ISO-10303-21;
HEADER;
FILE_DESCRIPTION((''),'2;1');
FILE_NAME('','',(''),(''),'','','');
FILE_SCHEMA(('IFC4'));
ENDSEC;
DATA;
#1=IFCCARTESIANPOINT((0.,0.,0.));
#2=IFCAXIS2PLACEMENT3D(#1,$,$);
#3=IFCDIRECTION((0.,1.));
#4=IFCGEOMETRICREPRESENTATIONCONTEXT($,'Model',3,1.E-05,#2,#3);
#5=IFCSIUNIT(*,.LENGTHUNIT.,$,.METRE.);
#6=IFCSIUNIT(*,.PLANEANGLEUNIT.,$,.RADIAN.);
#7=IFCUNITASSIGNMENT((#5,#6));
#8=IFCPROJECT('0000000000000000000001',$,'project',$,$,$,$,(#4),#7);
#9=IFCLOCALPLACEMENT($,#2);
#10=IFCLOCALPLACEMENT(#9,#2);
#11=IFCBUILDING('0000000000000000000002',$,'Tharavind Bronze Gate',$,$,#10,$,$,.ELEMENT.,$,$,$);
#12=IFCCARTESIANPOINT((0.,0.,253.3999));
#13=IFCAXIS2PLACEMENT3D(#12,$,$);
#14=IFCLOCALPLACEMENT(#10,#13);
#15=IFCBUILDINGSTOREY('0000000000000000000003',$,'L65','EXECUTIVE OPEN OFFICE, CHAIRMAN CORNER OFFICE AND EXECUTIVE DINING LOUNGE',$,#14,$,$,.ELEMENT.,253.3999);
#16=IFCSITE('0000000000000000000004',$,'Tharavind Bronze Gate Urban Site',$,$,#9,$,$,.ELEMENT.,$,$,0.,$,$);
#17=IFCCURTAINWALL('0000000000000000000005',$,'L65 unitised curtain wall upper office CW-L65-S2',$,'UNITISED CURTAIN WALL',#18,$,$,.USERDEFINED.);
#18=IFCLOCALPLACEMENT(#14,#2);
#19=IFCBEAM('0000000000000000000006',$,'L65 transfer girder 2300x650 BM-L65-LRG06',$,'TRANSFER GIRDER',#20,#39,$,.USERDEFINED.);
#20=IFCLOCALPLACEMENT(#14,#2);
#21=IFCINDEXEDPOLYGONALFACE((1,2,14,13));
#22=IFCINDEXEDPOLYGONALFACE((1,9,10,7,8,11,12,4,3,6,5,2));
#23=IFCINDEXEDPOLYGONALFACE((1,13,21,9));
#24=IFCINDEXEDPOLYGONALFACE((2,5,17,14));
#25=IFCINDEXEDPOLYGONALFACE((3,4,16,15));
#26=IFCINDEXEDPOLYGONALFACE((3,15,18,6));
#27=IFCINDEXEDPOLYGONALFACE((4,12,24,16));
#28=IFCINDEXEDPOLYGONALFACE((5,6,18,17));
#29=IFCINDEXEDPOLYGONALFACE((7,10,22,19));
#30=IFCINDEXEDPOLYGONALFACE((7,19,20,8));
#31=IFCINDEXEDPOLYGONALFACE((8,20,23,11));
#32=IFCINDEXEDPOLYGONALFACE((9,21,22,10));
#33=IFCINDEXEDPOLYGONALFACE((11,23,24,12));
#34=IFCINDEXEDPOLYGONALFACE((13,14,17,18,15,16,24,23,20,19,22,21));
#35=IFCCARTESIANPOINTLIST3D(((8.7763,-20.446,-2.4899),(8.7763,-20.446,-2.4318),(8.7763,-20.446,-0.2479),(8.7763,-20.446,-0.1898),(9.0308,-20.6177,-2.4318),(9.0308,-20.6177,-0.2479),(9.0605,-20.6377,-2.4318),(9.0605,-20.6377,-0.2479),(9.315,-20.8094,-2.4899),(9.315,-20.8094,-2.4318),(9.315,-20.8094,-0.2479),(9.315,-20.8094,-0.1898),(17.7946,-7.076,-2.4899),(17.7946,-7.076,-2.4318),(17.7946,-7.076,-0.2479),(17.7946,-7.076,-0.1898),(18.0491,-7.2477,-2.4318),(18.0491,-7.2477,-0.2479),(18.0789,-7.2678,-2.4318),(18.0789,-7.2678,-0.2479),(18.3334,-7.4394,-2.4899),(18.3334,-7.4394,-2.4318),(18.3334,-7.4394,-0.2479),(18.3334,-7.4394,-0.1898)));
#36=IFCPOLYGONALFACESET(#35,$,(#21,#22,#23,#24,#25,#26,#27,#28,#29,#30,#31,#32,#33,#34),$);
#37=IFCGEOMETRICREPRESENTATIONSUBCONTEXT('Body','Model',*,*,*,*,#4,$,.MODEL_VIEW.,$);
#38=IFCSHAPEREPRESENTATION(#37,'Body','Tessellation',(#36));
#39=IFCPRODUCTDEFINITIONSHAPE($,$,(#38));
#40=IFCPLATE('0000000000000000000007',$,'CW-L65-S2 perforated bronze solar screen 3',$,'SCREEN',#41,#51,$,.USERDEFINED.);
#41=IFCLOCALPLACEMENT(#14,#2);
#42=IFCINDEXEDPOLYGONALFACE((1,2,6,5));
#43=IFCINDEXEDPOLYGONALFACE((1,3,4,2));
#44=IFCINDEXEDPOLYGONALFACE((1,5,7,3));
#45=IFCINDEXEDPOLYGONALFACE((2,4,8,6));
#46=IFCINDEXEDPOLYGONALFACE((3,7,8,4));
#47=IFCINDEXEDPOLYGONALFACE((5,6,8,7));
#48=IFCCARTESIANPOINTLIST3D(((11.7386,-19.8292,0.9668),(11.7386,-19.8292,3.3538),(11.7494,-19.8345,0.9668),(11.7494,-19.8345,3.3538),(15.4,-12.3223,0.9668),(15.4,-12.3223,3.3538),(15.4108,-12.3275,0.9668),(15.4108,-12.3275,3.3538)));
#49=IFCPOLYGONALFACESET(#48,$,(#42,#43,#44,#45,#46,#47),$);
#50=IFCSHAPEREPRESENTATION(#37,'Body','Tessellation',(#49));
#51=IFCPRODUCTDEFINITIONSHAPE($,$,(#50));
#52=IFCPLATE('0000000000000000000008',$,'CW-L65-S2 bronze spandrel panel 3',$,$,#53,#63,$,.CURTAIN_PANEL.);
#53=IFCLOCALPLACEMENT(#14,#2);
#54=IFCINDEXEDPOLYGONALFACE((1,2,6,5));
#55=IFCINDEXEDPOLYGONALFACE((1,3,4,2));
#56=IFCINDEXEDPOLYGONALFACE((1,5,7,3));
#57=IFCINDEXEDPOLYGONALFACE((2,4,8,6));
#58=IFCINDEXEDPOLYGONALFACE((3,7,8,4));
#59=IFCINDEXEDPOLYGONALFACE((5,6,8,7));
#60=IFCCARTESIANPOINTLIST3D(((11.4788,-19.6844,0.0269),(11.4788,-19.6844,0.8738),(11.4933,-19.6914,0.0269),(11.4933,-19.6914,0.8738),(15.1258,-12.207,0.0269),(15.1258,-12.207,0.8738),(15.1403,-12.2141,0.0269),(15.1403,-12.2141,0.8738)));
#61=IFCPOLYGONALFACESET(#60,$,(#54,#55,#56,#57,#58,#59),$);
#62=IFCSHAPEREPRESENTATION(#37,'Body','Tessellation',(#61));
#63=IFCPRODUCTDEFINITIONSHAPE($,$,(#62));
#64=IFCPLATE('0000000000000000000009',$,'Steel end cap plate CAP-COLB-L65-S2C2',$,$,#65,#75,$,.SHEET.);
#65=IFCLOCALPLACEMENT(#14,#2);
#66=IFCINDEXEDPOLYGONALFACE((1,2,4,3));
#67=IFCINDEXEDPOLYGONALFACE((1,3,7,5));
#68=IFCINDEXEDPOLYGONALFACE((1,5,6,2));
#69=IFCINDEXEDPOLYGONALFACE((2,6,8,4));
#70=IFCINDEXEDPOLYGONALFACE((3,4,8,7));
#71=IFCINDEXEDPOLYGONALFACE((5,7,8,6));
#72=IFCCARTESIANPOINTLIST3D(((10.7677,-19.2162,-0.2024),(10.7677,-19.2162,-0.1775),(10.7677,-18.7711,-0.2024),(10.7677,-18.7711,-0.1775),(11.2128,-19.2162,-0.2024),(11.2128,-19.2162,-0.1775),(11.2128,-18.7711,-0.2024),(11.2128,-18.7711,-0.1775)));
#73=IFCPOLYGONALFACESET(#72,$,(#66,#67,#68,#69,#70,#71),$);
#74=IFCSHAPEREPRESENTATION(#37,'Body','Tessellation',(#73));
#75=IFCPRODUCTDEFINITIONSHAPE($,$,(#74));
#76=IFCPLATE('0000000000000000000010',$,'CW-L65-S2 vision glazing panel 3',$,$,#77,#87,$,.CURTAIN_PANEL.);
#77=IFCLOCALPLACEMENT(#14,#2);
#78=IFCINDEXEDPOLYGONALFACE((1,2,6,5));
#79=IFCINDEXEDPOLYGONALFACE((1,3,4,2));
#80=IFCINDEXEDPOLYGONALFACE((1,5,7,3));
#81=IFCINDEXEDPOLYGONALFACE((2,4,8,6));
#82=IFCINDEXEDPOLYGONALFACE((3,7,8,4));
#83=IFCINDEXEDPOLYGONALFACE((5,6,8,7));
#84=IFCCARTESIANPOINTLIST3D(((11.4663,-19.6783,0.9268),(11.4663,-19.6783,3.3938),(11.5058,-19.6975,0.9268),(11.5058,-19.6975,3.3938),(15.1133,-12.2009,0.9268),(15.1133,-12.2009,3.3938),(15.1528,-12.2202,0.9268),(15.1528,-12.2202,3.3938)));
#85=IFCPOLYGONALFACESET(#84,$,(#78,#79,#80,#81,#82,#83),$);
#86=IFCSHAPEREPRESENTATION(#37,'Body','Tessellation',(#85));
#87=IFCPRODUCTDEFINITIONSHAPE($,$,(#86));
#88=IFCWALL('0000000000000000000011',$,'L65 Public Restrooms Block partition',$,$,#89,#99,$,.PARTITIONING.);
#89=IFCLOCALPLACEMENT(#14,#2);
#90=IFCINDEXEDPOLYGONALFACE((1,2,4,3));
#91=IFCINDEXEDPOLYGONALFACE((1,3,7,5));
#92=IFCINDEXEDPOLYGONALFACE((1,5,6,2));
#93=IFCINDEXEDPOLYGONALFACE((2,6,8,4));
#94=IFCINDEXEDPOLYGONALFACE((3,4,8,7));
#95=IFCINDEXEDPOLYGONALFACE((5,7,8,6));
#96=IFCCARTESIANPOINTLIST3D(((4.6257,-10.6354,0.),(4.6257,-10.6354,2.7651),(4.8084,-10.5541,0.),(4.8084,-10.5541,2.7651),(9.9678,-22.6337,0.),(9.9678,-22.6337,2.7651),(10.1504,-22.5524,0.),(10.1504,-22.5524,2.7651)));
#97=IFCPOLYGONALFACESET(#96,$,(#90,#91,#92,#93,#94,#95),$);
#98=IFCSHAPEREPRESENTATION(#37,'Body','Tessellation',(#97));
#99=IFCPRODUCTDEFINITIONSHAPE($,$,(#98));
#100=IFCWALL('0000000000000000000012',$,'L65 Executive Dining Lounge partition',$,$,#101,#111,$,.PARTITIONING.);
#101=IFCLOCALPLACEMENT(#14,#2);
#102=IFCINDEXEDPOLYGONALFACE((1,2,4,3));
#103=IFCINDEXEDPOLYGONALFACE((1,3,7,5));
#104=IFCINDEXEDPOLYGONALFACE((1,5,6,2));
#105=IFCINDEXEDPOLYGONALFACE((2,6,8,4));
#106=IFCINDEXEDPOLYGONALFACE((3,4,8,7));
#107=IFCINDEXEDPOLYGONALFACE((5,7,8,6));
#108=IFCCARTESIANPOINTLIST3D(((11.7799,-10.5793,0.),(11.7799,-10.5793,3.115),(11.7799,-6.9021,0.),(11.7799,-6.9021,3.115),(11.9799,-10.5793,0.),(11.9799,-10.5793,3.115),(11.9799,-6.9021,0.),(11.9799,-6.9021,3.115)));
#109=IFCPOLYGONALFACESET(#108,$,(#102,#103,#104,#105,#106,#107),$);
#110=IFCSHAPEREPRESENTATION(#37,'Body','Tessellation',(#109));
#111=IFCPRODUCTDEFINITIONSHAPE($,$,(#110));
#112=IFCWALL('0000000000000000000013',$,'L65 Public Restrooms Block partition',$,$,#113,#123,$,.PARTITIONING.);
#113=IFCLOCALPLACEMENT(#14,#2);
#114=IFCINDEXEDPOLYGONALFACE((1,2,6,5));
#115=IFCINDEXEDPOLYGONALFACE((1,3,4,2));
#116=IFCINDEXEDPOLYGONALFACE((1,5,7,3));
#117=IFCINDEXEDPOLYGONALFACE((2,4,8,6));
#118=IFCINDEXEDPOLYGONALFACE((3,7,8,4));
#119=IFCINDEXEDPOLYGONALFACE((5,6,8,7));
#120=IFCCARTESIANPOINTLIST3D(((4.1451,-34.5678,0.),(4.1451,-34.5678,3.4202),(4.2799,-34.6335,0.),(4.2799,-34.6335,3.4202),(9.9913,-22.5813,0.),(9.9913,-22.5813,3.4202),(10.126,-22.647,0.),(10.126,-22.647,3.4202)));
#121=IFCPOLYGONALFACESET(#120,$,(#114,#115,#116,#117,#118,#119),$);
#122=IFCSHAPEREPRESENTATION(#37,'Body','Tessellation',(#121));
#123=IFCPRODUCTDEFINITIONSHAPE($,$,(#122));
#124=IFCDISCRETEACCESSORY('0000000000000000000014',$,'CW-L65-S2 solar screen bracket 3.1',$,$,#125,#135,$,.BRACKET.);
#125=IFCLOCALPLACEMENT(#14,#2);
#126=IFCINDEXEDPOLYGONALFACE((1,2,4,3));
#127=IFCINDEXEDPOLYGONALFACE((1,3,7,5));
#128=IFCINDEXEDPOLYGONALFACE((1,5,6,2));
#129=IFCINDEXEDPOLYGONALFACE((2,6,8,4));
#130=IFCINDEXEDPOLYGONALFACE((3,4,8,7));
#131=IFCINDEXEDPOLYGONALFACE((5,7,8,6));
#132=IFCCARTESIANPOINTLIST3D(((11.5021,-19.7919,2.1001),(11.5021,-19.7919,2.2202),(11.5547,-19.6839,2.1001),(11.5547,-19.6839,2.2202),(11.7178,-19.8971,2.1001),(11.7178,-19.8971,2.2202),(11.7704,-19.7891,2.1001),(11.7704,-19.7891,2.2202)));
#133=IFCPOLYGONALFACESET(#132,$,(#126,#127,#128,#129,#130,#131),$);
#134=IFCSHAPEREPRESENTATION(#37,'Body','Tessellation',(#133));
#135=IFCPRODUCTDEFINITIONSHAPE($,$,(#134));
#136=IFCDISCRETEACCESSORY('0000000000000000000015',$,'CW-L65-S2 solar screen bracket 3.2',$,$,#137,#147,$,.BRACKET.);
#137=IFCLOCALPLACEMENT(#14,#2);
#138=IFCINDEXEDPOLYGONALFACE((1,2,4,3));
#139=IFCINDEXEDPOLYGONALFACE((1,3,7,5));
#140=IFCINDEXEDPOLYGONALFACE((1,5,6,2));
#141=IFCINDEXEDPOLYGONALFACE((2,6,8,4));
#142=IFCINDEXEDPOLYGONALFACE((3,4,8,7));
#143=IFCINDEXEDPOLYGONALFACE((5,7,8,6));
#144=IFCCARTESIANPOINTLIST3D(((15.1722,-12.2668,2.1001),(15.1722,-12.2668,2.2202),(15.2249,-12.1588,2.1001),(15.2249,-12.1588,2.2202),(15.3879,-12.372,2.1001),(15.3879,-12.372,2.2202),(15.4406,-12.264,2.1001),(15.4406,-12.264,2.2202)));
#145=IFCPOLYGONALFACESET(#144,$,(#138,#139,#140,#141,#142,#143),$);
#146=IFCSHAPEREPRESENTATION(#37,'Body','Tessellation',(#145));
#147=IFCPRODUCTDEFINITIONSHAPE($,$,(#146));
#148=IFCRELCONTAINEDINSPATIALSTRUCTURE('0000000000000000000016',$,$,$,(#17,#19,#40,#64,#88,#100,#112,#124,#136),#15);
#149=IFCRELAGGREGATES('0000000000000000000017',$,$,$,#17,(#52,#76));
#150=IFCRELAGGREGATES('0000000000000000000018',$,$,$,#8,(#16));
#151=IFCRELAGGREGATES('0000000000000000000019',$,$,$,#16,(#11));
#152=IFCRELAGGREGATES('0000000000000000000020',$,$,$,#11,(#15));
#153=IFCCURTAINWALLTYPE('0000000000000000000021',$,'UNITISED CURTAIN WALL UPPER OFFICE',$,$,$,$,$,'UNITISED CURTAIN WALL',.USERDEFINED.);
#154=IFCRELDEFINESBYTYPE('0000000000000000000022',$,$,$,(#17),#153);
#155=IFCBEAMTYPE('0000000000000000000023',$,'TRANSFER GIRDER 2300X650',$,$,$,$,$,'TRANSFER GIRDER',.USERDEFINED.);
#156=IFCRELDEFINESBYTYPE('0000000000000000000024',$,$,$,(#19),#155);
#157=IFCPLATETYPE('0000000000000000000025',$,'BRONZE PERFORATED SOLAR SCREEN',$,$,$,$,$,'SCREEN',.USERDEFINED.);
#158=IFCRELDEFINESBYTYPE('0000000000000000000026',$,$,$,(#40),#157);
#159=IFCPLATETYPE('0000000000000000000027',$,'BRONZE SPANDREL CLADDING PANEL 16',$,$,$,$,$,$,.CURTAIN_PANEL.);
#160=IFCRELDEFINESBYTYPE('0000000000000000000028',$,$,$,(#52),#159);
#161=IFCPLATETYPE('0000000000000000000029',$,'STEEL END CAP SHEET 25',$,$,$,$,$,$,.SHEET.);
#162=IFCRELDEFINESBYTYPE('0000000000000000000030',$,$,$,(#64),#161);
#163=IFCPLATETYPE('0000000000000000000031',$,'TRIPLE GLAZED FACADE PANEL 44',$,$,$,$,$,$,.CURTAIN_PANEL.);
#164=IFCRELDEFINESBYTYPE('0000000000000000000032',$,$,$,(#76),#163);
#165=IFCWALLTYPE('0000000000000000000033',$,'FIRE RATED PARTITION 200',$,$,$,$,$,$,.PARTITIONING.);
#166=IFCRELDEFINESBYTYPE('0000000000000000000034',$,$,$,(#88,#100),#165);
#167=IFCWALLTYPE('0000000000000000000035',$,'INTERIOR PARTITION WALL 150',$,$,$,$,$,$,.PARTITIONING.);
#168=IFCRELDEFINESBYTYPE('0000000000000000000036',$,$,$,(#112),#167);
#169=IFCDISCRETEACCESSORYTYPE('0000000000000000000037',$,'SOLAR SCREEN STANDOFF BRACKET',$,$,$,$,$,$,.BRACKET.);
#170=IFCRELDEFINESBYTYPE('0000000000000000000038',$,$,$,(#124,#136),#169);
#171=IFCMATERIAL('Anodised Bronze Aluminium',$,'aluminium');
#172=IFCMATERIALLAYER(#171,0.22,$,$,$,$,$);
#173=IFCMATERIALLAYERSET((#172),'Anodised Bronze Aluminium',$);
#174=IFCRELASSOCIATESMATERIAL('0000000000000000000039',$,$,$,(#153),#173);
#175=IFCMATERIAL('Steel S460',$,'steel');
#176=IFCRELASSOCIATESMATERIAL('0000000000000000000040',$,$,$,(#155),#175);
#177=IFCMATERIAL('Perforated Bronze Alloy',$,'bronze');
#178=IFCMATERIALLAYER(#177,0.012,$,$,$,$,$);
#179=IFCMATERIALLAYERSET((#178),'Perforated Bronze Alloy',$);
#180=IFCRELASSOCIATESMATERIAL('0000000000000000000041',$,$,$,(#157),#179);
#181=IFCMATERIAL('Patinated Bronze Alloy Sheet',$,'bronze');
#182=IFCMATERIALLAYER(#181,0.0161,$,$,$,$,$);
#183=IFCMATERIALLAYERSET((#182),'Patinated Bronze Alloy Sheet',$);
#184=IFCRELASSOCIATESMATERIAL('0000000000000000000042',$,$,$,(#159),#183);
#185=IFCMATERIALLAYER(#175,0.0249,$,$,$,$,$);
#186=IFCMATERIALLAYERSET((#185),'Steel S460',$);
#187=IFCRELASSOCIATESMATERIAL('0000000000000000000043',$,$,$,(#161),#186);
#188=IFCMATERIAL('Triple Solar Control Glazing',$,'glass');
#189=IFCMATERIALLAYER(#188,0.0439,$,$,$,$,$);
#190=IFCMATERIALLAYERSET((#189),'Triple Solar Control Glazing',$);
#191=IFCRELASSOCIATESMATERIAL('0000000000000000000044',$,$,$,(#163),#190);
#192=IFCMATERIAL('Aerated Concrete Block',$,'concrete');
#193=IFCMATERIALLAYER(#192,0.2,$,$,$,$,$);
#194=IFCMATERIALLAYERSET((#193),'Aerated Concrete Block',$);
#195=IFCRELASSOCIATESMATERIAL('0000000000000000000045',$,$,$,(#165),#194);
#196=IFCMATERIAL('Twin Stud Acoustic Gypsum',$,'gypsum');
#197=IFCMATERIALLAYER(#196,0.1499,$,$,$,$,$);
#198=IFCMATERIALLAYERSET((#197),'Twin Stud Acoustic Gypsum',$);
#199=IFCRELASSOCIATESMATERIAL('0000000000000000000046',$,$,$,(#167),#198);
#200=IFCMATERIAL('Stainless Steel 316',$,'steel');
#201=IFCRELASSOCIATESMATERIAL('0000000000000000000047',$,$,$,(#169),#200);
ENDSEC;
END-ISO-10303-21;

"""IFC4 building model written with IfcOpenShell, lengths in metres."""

from ifc_helpers import new_model, si_unit, direction, frame, frame_2d, origin, origin_2d, place, context, subcontext, project, spatial, rectangle, i_section, extrude, material, layer, layer_set, material_profile, profile_set, type_object, element, aggregate, save


model = new_model("IFC4")

# Units and contexts
model_context = context("Model", 3, precision=1e-05, world=origin(), true_north=direction((0.0, 1.0)))
body_context = subcontext(model_context, "Body", "Model", "MODEL_VIEW")
ifc_project = project(units=[si_unit("LENGTHUNIT", "METRE"), si_unit("PLANEANGLEUNIT", "RADIAN")], contexts=[model_context])

# Site, building, storey
site_placement = place(None, origin())
site = spatial("IfcSite", under=ifc_project, at=site_placement, Name="Tharavind Bronze Gate Urban Site", CompositionType="ELEMENT", RefElevation=0.0)
building_placement = place(site_placement, origin())
building = spatial("IfcBuilding", under=site, at=building_placement, Name="Tharavind Bronze Gate", CompositionType="ELEMENT")
storey_placement = place(building_placement, frame((0.0, 0.0, 253.3999)))
storey = spatial("IfcBuildingStorey", under=building, at=storey_placement, Name="L65", Description="EXECUTIVE OPEN OFFICE, CHAIRMAN CORNER OFFICE AND EXECUTIVE DINING LOUNGE", CompositionType="ELEMENT", Elevation=253.3999)

# Shared definitions
ifc_material_1 = material(Name="Steel S460", Category="steel")

# Curtain wall
ifc_material_2 = material(Name="Anodised Bronze Aluminium", Category="aluminium")
ifc_layer_1 = layer(ifc_material_2, 0.22)
ifc_layer_set_1 = layer_set([ifc_layer_1], Name="Anodised Bronze Aluminium")
curtain_wall_type = type_object("IfcCurtainWallType", Name="UNITISED CURTAIN WALL UPPER OFFICE", ElementType="UNITISED CURTAIN WALL", PredefinedType="USERDEFINED", material=ifc_layer_set_1)
curtain_wall_placement = place(storey_placement, origin())
curtain_wall = element("IfcCurtainWall", 1, at=curtain_wall_placement, inside=storey, type_object=curtain_wall_type, Name="L65 unitised curtain wall upper office CW-L65-S2", ObjectType="UNITISED CURTAIN WALL", PredefinedType="USERDEFINED")

# Beam
ifc_material_profile_1 = material_profile(ifc_material_1, i_section(OverallWidth=0.6499, OverallDepth=2.3, WebThickness=0.0359, FlangeThickness=0.0581, at=origin_2d()), Name="PG2300X650")
ifc_profile_set_1 = profile_set([ifc_material_profile_1], Name="Steel S460")
beam_type_1 = type_object("IfcBeamType", Name="TRANSFER GIRDER 2300X650", ElementType="TRANSFER GIRDER", PredefinedType="USERDEFINED", material=ifc_profile_set_1)
beam_1_placement = place(storey_placement, frame((9.0457, -20.6277, -1.3398), z_axis=(0.559202, 0.829031, 0.0), x_axis=(-0.829031, 0.559202, 0.0)))
element("IfcBeam", 2, at=beam_1_placement, inside=storey, type_object=beam_type_1, Name="L65 transfer girder 2300x650 BM-L65-LRG06", ObjectType="TRANSFER GIRDER", PredefinedType="USERDEFINED", context=body_context, shape_type="SweptSolid", body=[
    extrude(i_section(OverallWidth=0.6499, OverallDepth=2.3, WebThickness=0.0359, FlangeThickness=0.0581, at=origin_2d()), origin(), (0.0, 0.0, 1.0), 16.1272),
])

# Plates
ifc_material_3 = material(Name="Perforated Bronze Alloy", Category="bronze")
ifc_layer_2 = layer(ifc_material_3, 0.012)
ifc_layer_set_2 = layer_set([ifc_layer_2], Name="Perforated Bronze Alloy")
plate_type_1 = type_object("IfcPlateType", Name="BRONZE PERFORATED SOLAR SCREEN", ElementType="SCREEN", PredefinedType="USERDEFINED", material=ifc_layer_set_2)
plate_1_placement = place(storey_placement, frame((13.5747, -16.0784, 0.9668), z_axis=(0.0, 0.0, 1.0), x_axis=(0.438373, 0.898793, 0.0)))
element("IfcPlate", 3, at=plate_1_placement, inside=storey, type_object=plate_type_1, Name="CW-L65-S2 perforated bronze solar screen 3", ObjectType="SCREEN", PredefinedType="USERDEFINED", context=body_context, shape_type="SweptSolid", body=[
    extrude(rectangle(XDim=8.3523, YDim=0.012, at=origin_2d()), origin(), (0.0, 0.0, 1.0), 2.387),
])
ifc_material_4 = material(Name="Patinated Bronze Alloy Sheet", Category="bronze")
ifc_layer_3 = layer(ifc_material_4, 0.0161)
ifc_layer_set_3 = layer_set([ifc_layer_3], Name="Patinated Bronze Alloy Sheet")
plate_type_2 = type_object("IfcPlateType", Name="BRONZE SPANDREL CLADDING PANEL 16", PredefinedType="CURTAIN_PANEL", material=ifc_layer_set_3)
plate_2_placement = place(storey_placement, frame((13.3096, -15.9492, 0.0269), z_axis=(0.0, 0.0, 1.0), x_axis=(0.438373, 0.898793, 0.0)))
plate_2 = element("IfcPlate", 4, at=plate_2_placement, type_object=plate_type_2, Name="CW-L65-S2 bronze spandrel panel 3", PredefinedType="CURTAIN_PANEL", context=body_context, shape_type="SweptSolid", body=[
    extrude(rectangle(XDim=8.3193, YDim=0.0161, at=origin_2d()), origin(), (0.0, 0.0, 1.0), 0.8469),
])
ifc_layer_4 = layer(ifc_material_1, 0.0249)
ifc_layer_set_4 = layer_set([ifc_layer_4], Name="Steel S460")
plate_type_3 = type_object("IfcPlateType", Name="STEEL END CAP SHEET 25", PredefinedType="SHEET", material=ifc_layer_set_4)
plate_3_placement = place(storey_placement, frame((10.9902, -18.9937, -0.2024), z_axis=(0.0, 0.0, 1.0), x_axis=(1.0, 0.0, 0.0)))
element("IfcPlate", 5, at=plate_3_placement, inside=storey, type_object=plate_type_3, Name="Steel end cap plate CAP-COLB-L65-S2C2", PredefinedType="SHEET", context=body_context, shape_type="SweptSolid", body=[
    extrude(rectangle(XDim=0.4451, YDim=0.4451, at=origin_2d()), origin(), (0.0, 0.0, 1.0), 0.0249),
])
ifc_material_5 = material(Name="Triple Solar Control Glazing", Category="glass")
ifc_layer_5 = layer(ifc_material_5, 0.0439)
ifc_layer_set_5 = layer_set([ifc_layer_5], Name="Triple Solar Control Glazing")
plate_type_4 = type_object("IfcPlateType", Name="TRIPLE GLAZED FACADE PANEL 44", PredefinedType="CURTAIN_PANEL", material=ifc_layer_set_5)
plate_4_placement = place(storey_placement, frame((13.3096, -15.9492, 0.9268), z_axis=(0.0, 0.0, 1.0), x_axis=(0.438373, 0.898793, 0.0)))
plate_4 = element("IfcPlate", 6, at=plate_4_placement, type_object=plate_type_4, Name="CW-L65-S2 vision glazing panel 3", PredefinedType="CURTAIN_PANEL", context=body_context, shape_type="SweptSolid", body=[
    extrude(rectangle(XDim=8.3193, YDim=0.0439, at=origin_2d()), origin(), (0.0, 0.0, 1.0), 2.467),
])
aggregate(curtain_wall, [plate_2, plate_4])

# Wall
ifc_material_6 = material(Name="Aerated Concrete Block", Category="concrete")
ifc_layer_6 = layer(ifc_material_6, 0.2)
ifc_layer_set_6 = layer_set([ifc_layer_6], Name="Aerated Concrete Block")
wall_type_1 = type_object("IfcWallType", Name="FIRE RATED PARTITION 200", PredefinedType="PARTITIONING", material=ifc_layer_set_6)
wall_1_placement = place(storey_placement, frame((4.717, -10.5947, 0.0), z_axis=(0.0, 0.0, 1.0), x_axis=(0.40674, -0.913544, 0.0)))
element("IfcWall", 7, at=wall_1_placement, inside=storey, type_object=wall_type_1, Name="L65 Public Restrooms Block partition", PredefinedType="PARTITIONING", context=body_context, shape_type="SweptSolid", body=[
    extrude(rectangle(XDim=13.1338, YDim=0.2, at=frame_2d((6.5669, 0.0))), origin(), (0.0, 0.0, 1.0), 2.7651),
])

# Walls
wall_2_placement = place(storey_placement, frame((11.8799, -10.5793, 0.0), z_axis=(0.0, 0.0, 1.0), x_axis=(0.0, 1.0, 0.0)))
element("IfcWall", 8, at=wall_2_placement, inside=storey, type_object=wall_type_1, Name="L65 Executive Dining Lounge partition", PredefinedType="PARTITIONING", context=body_context, shape_type="SweptSolid", body=[
    extrude(rectangle(XDim=3.6772, YDim=0.2, at=frame_2d((1.8386, 0.0))), origin(), (0.0, 0.0, 1.0), 3.115),
])
ifc_material_7 = material(Name="Twin Stud Acoustic Gypsum", Category="gypsum")
ifc_layer_7 = layer(ifc_material_7, 0.1499)
ifc_layer_set_7 = layer_set([ifc_layer_7], Name="Twin Stud Acoustic Gypsum")
wall_type_2 = type_object("IfcWallType", Name="INTERIOR PARTITION WALL 150", PredefinedType="PARTITIONING", material=ifc_layer_set_7)
wall_3_placement = place(storey_placement, frame((10.0586, -22.6143, 0.0), z_axis=(0.0, 0.0, 1.0), x_axis=(-0.438368, -0.898796, 0.0)))
element("IfcWall", 9, at=wall_3_placement, inside=storey, type_object=wall_type_2, Name="L65 Public Restrooms Block partition", PredefinedType="PARTITIONING", context=body_context, shape_type="SweptSolid", body=[
    extrude(rectangle(XDim=13.3362, YDim=0.1499, at=frame_2d((6.668, 0.0))), origin(), (0.0, 0.0, 1.0), 3.4202),
])

# Discrete accessories
ifc_material_8 = material(Name="Stainless Steel 316", Category="steel")
discrete_accessory_type = type_object("IfcDiscreteAccessoryType", Name="SOLAR SCREEN STANDOFF BRACKET", PredefinedType="BRACKET", material=ifc_material_8)
for number, where, z_axis, x_axis, name in (
    (10, (11.6362, -19.7905, 2.1001), (0.0, 0.0, 1.0), (0.438373, 0.898793, 0.0), "CW-L65-S2 solar screen bracket 3.1"),
    (11, (15.3064, -12.2654, 2.1001), (0.0, 0.0, 1.0), (0.438373, 0.898793, 0.0), "CW-L65-S2 solar screen bracket 3.2"),
):
    element("IfcDiscreteAccessory", number, at=place(storey_placement, frame(where, z_axis=z_axis, x_axis=x_axis)), inside=storey, type_object=discrete_accessory_type, Name=name, PredefinedType="BRACKET", context=body_context, shape_type="SweptSolid", body=[
        extrude(rectangle(XDim=0.1201, YDim=0.24, at=origin_2d()), origin(), (0.0, 0.0, 1.0), 0.1201),
    ])

save(model, "model.ifc")
